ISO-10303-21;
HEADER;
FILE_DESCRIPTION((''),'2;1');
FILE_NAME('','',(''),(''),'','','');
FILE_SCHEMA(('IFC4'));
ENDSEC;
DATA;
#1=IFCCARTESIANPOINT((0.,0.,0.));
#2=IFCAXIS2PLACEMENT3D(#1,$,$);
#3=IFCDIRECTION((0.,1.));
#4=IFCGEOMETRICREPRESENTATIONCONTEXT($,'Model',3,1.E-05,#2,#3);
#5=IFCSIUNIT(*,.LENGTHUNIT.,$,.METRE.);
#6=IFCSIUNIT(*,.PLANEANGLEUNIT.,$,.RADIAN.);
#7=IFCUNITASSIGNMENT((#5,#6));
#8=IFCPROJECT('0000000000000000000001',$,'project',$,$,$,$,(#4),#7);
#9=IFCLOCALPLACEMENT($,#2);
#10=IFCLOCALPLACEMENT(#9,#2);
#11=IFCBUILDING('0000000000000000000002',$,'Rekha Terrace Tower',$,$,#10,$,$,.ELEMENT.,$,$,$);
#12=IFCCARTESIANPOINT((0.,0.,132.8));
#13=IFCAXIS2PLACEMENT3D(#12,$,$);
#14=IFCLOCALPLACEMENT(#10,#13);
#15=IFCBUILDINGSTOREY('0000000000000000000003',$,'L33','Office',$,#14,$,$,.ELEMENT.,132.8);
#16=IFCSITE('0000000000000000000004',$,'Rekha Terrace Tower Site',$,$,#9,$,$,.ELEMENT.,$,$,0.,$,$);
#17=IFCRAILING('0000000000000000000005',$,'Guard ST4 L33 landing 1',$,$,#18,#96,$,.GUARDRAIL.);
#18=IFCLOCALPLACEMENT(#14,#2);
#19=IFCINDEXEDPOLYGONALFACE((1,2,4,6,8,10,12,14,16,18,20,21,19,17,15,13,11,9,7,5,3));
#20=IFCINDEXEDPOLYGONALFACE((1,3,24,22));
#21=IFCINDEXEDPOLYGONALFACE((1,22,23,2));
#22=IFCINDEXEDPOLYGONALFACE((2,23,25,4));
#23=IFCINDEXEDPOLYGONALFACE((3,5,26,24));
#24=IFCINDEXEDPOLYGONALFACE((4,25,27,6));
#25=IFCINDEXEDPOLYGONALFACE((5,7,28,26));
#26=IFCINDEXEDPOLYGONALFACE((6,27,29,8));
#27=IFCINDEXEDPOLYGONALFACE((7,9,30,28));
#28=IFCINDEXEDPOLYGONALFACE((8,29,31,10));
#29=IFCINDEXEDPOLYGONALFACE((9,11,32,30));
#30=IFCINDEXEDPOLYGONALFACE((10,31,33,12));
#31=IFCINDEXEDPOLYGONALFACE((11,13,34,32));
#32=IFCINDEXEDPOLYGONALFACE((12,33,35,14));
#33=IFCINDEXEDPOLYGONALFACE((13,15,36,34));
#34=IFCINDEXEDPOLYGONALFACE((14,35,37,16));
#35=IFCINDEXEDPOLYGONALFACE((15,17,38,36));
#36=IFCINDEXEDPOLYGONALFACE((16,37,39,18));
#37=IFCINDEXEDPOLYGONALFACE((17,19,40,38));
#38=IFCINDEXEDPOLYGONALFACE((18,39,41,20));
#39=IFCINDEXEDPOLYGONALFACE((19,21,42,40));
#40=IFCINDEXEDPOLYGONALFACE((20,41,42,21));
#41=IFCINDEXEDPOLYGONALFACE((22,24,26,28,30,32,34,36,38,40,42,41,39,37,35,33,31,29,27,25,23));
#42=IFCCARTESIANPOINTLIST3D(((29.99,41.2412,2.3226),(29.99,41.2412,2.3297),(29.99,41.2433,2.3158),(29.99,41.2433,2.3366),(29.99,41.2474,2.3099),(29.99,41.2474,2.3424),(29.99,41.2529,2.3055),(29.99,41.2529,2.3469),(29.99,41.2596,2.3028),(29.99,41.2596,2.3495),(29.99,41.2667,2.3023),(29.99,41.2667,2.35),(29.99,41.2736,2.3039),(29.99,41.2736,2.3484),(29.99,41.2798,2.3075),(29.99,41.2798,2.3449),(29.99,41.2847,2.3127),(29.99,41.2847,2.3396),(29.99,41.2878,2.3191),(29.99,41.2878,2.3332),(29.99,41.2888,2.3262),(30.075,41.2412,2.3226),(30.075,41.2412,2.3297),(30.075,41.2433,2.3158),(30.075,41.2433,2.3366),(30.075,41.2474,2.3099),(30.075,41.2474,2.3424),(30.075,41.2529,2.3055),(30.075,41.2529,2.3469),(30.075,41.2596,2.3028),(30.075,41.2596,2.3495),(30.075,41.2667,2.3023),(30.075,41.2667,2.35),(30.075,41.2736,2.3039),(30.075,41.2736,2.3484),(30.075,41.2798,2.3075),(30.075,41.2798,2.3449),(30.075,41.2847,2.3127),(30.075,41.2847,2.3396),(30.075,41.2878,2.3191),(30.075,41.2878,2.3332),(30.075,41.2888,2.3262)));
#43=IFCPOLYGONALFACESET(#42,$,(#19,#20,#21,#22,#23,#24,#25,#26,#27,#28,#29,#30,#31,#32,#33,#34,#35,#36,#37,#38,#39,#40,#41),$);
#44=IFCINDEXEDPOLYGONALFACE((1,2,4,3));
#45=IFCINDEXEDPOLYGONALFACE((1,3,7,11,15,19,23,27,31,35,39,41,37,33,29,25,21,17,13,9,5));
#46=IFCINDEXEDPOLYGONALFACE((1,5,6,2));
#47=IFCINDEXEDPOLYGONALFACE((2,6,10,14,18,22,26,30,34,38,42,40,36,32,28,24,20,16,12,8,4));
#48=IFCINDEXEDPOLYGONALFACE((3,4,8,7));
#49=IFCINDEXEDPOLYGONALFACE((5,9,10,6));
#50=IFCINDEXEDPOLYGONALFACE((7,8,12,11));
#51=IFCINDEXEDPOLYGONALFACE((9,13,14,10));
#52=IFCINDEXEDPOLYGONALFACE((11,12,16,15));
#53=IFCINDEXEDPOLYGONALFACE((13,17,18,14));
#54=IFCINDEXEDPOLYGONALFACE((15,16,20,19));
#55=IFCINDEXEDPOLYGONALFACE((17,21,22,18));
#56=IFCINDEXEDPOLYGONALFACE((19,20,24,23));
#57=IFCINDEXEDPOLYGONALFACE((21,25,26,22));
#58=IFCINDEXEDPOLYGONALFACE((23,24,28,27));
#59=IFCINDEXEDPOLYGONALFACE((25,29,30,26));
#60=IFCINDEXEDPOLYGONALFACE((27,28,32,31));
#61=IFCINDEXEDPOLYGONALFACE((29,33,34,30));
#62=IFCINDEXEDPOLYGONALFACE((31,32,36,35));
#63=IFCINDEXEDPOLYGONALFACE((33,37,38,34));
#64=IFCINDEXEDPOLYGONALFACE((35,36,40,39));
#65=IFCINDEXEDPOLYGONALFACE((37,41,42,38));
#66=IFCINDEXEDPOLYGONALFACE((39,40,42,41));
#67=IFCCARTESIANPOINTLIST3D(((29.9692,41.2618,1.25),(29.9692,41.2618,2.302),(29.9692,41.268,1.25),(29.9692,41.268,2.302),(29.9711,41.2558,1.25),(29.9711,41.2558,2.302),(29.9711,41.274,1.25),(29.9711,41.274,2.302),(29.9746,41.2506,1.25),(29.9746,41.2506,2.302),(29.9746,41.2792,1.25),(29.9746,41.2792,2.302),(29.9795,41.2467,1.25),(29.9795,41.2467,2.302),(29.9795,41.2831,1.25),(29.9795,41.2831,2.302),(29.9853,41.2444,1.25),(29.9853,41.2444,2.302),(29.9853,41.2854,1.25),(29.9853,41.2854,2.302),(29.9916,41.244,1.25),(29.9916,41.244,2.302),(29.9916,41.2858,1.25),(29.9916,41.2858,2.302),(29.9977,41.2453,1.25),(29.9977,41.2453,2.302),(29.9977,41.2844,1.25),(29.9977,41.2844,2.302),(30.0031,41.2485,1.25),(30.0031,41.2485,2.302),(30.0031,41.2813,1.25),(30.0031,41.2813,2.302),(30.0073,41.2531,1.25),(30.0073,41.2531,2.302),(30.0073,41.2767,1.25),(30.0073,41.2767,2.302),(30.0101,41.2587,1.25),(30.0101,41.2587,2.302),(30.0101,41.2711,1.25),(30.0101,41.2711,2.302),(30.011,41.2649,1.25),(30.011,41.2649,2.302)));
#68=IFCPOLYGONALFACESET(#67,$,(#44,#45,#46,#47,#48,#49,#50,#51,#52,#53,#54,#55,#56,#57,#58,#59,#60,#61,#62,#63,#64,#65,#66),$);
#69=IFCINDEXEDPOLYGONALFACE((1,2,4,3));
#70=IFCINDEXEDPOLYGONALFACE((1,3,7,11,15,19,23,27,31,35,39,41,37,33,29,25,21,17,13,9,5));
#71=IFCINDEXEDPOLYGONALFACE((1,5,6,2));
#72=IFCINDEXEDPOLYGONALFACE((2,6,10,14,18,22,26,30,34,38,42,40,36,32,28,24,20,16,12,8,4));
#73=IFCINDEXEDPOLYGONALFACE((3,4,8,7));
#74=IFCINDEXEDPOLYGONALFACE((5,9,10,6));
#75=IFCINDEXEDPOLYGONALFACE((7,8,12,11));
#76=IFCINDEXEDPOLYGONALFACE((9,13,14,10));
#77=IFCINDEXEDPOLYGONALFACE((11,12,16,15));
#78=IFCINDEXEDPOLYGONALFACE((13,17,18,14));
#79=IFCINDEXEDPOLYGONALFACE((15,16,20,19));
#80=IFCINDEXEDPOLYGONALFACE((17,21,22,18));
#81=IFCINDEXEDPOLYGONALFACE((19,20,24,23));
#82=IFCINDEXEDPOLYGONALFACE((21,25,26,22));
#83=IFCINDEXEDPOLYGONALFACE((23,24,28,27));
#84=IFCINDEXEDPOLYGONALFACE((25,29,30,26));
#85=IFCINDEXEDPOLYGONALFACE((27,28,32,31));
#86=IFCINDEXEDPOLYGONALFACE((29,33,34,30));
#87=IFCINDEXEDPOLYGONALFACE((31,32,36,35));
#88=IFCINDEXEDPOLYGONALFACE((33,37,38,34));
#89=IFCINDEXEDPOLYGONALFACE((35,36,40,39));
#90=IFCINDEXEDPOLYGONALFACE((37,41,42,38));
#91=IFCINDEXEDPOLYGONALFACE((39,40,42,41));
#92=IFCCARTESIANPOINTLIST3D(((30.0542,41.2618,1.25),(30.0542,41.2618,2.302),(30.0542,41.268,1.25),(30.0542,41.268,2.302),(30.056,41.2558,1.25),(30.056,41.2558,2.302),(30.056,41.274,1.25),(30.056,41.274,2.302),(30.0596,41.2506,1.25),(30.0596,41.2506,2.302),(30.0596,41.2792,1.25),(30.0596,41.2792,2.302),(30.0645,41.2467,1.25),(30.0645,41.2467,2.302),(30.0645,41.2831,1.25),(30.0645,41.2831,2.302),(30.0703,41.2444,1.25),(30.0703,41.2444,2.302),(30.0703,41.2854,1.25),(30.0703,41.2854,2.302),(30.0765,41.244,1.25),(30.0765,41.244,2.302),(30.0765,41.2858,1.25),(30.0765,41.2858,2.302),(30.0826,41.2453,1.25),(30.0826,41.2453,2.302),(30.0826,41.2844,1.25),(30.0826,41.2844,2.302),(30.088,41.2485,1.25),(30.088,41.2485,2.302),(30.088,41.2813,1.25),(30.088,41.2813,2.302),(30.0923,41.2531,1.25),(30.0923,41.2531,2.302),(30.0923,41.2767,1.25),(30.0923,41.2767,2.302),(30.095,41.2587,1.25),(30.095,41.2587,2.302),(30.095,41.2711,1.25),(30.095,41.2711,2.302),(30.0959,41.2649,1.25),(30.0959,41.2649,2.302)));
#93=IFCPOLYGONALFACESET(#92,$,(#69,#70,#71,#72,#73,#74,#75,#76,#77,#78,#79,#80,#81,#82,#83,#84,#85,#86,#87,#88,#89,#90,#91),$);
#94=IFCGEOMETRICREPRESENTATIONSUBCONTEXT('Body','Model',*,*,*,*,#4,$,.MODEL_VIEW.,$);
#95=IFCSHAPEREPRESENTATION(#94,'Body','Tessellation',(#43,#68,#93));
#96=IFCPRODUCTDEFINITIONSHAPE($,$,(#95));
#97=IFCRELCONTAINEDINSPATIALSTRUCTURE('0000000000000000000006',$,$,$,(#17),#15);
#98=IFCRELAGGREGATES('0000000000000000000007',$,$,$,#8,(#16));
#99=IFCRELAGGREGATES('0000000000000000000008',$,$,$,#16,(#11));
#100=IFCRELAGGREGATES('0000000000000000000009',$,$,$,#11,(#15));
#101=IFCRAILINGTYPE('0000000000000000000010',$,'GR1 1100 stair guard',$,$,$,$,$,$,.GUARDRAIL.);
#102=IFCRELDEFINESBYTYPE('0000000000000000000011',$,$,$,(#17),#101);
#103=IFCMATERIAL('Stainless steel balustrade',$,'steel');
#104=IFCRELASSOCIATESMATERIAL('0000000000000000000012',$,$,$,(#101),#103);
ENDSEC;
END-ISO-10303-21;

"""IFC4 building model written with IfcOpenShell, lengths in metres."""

from ifc_helpers import new_model, si_unit, direction, frame, origin, origin_2d, place, context, subcontext, project, spatial, circle, extrude, material, type_object, element, save


model = new_model("IFC4")

# Units and contexts
model_context = context("Model", 3, precision=1e-05, world=origin(), true_north=direction((0.0, 1.0)))
body_context = subcontext(model_context, "Body", "Model", "MODEL_VIEW")
ifc_project = project(units=[si_unit("LENGTHUNIT", "METRE"), si_unit("PLANEANGLEUNIT", "RADIAN")], contexts=[model_context])

# Site, building, storey
site_placement = place(None, origin())
site = spatial("IfcSite", under=ifc_project, at=site_placement, Name="Rekha Terrace Tower Site", CompositionType="ELEMENT", RefElevation=0.0)
building_placement = place(site_placement, origin())
building = spatial("IfcBuilding", under=site, at=building_placement, Name="Rekha Terrace Tower", CompositionType="ELEMENT")
storey_placement = place(building_placement, frame((0.0, 0.0, 132.8)))
storey = spatial("IfcBuildingStorey", under=building, at=storey_placement, Name="L33", Description="Office", CompositionType="ELEMENT", Elevation=132.8)

# Railing
ifc_material_1 = material(Name="Stainless steel balustrade", Category="steel")
railing_type_1 = type_object("IfcRailingType", Name="GR1 1100 stair guard", PredefinedType="GUARDRAIL", material=ifc_material_1)
railing_1_placement = place(storey_placement, frame((29.99, 41.2649, 1.25)))
element("IfcRailing", 1, at=railing_1_placement, inside=storey, type_object=railing_type_1, Name="Guard ST4 L33 landing 1", PredefinedType="GUARDRAIL", context=body_context, shape_type="SweptSolid", body=[
    extrude(circle(Radius=0.0239, at=origin_2d()), frame((0.0, 0.0, 1.0762), z_axis=(1.0, 0.0, 0.0), x_axis=(0.0, 1.0, 0.0)), (0.0, 0.0, 1.0), 0.085),
    extrude(circle(Radius=0.021, at=origin_2d()), origin(), (0.0, 0.0, 1.0), 1.052),
    extrude(circle(Radius=0.021, at=origin_2d()), frame((0.085, 0.0, 0.0)), (0.0, 0.0, 1.0), 1.052),
])

save(model, "model.ifc")
